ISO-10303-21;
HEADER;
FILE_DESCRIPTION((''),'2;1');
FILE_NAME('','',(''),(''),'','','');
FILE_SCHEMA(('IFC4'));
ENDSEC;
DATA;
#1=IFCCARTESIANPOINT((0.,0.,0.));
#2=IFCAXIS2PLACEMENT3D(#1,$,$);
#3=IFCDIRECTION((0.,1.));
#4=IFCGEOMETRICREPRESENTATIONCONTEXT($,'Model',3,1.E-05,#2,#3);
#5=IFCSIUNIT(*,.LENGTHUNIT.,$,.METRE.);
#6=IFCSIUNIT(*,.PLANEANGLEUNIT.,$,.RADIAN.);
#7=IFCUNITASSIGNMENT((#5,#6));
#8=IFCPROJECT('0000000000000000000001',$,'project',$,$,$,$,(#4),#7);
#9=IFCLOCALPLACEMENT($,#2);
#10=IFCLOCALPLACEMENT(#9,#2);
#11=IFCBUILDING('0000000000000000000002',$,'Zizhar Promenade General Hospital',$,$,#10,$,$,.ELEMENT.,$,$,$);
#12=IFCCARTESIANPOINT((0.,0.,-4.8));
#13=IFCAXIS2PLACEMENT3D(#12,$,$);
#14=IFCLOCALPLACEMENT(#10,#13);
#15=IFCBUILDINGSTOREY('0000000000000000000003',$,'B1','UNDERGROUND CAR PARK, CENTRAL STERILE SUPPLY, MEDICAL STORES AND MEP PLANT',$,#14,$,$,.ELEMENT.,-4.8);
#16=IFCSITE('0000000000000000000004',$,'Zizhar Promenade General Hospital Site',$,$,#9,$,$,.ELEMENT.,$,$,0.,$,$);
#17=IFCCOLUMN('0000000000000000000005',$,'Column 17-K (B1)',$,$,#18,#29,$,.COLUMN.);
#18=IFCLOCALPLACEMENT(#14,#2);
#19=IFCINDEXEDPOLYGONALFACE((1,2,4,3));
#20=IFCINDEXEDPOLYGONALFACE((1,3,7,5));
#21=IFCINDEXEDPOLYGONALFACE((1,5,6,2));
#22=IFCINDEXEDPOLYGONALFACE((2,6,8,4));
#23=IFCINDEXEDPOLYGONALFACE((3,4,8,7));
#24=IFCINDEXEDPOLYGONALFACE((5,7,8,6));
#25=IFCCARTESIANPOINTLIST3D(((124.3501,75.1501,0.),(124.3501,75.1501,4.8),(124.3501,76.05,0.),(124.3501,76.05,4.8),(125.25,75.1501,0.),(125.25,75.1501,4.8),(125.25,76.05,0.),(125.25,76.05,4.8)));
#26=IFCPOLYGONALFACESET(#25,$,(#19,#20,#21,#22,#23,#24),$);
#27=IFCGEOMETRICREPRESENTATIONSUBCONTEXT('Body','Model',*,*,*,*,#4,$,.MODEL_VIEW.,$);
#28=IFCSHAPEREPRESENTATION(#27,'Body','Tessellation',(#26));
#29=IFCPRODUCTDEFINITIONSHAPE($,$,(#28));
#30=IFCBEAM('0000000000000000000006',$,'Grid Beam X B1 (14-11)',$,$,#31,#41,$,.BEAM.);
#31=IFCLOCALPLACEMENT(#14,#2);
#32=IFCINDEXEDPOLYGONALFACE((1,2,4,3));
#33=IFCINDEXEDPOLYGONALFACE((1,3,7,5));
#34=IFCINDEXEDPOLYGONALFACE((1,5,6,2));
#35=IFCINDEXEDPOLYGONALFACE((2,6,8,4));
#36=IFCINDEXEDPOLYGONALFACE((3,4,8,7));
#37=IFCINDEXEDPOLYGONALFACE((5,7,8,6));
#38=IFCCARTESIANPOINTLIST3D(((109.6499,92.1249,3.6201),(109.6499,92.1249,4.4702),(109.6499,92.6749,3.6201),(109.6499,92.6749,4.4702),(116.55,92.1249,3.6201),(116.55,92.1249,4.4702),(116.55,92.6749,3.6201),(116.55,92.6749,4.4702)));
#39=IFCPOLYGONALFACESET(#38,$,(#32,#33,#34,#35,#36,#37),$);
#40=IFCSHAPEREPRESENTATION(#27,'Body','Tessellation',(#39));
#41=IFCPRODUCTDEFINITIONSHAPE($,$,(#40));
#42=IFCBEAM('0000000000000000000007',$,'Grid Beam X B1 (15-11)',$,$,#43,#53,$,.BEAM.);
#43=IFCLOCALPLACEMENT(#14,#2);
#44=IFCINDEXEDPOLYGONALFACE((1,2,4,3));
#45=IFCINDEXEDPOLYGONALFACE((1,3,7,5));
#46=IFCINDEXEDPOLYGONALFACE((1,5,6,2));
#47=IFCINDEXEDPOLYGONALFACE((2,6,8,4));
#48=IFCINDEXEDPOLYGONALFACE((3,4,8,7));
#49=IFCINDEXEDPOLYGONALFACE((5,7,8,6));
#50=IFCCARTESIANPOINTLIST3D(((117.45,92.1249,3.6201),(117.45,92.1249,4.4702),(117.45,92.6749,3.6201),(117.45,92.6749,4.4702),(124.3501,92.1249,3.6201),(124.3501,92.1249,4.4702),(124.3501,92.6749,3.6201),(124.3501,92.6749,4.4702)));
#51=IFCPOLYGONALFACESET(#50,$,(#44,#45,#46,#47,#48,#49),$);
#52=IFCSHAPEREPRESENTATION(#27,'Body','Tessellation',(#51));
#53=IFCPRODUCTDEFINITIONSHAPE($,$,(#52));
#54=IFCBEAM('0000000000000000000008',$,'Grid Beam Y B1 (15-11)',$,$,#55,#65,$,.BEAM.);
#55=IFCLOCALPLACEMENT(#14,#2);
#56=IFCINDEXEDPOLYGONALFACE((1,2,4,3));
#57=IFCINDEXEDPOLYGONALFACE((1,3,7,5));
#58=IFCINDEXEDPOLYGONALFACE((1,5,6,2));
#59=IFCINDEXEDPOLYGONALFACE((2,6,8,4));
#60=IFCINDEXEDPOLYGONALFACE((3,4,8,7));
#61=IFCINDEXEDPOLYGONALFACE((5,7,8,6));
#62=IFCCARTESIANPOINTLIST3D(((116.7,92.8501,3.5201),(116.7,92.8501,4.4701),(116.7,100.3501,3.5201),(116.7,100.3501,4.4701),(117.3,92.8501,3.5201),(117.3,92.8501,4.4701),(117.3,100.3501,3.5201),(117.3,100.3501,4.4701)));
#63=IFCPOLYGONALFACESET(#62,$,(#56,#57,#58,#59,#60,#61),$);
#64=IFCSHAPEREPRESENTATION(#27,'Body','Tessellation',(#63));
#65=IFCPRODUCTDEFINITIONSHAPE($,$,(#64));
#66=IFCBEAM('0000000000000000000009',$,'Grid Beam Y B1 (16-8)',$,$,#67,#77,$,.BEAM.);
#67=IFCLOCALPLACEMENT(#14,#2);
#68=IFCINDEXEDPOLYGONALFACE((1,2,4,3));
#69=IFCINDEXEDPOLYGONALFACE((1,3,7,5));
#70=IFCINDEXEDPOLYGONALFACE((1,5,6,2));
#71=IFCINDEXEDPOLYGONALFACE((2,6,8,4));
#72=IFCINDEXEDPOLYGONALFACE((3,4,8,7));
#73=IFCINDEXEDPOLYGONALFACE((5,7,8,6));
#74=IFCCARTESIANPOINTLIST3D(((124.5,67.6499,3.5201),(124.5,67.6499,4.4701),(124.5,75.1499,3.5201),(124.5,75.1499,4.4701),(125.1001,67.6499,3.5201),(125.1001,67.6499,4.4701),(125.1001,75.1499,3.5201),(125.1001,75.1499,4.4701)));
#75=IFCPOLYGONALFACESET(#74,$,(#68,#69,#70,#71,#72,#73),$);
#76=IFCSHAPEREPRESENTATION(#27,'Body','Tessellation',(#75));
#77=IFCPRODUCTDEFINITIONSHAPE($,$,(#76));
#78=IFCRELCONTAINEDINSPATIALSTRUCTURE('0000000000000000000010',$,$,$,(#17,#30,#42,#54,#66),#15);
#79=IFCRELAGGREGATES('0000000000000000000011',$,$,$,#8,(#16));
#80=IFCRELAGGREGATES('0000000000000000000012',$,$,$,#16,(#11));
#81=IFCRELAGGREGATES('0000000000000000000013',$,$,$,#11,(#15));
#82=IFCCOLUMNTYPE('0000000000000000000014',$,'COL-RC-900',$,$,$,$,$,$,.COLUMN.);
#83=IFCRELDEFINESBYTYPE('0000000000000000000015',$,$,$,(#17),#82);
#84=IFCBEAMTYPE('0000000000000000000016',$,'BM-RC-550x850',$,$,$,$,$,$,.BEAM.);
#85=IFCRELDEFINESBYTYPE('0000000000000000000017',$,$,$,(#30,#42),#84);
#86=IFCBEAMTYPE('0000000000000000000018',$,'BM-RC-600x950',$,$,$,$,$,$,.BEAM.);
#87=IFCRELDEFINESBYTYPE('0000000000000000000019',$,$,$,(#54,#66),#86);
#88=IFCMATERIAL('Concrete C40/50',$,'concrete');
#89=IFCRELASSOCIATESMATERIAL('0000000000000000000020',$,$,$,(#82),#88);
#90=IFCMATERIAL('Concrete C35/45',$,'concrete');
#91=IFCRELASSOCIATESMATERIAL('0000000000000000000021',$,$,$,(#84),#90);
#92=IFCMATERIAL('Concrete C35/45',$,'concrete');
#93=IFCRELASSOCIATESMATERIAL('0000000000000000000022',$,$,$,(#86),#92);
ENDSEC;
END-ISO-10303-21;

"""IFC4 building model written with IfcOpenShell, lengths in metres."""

from ifc_helpers import new_model, si_unit, direction, frame, origin, origin_2d, place, context, subcontext, project, spatial, rectangle, extrude, material, material_profile, profile_set, type_object, element, save


model = new_model("IFC4")

# Units and contexts
model_context = context("Model", 3, precision=1e-05, world=origin(), true_north=direction((0.0, 1.0)))
body_context = subcontext(model_context, "Body", "Model", "MODEL_VIEW")
ifc_project = project(units=[si_unit("LENGTHUNIT", "METRE"), si_unit("PLANEANGLEUNIT", "RADIAN")], contexts=[model_context])

# Site, building, storey
site_placement = place(None, origin())
site = spatial("IfcSite", under=ifc_project, at=site_placement, Name="Zizhar Promenade General Hospital Site", CompositionType="ELEMENT", RefElevation=0.0)
building_placement = place(site_placement, origin())
building = spatial("IfcBuilding", under=site, at=building_placement, Name="Zizhar Promenade General Hospital", CompositionType="ELEMENT")
storey_placement = place(building_placement, frame((0.0, 0.0, -4.8)))
storey = spatial("IfcBuildingStorey", under=building, at=storey_placement, Name="B1", Description="UNDERGROUND CAR PARK, CENTRAL STERILE SUPPLY, MEDICAL STORES AND MEP PLANT", CompositionType="ELEMENT", Elevation=-4.8)

# Column
ifc_material_1 = material(Name="Concrete C40/50", Category="concrete")
ifc_material_profile_1 = material_profile(ifc_material_1, rectangle(XDim=0.8999, YDim=0.8999, at=origin_2d()))
ifc_profile_set_1 = profile_set([ifc_material_profile_1], Name="Concrete C40/50")
column_type = type_object("IfcColumnType", Name="COL-RC-900", PredefinedType="COLUMN", material=ifc_profile_set_1)
for number, where, z_axis, x_axis, name in (
    (1, (124.8, 75.6001, 0.0), (0.0, 0.0, 1.0), (1.0, 0.0, 0.0), "Column 17-K (B1)"),
):
    element("IfcColumn", number, at=place(storey_placement, frame(where, z_axis=z_axis, x_axis=x_axis)), inside=storey, type_object=column_type, Name=name, PredefinedType="COLUMN", context=body_context, shape_type="SweptSolid", body=[
        extrude(rectangle(XDim=0.8999, YDim=0.8999, at=origin_2d()), origin(), (0.0, 0.0, 1.0), 4.8),
    ])

# Beams
ifc_material_2 = material(Name="Concrete C35/45", Category="concrete")
ifc_material_profile_2 = material_profile(ifc_material_2, rectangle(XDim=0.55, YDim=0.8501, at=origin_2d()))
ifc_profile_set_2 = profile_set([ifc_material_profile_2], Name="Concrete C35/45")
beam_type_1 = type_object("IfcBeamType", Name="BM-RC-550x850", PredefinedType="BEAM", material=ifc_profile_set_2)
for number, where, z_axis, x_axis, name in (
    (2, (109.6499, 92.3999, 4.0452), (1.0, 0.0, 0.0), (0.0, 1.0, 0.0), "Grid Beam X B1 (14-11)"),
    (3, (117.45, 92.3999, 4.0452), (1.0, 0.0, 0.0), (0.0, 1.0, 0.0), "Grid Beam X B1 (15-11)"),
):
    element("IfcBeam", number, at=place(storey_placement, frame(where, z_axis=z_axis, x_axis=x_axis)), inside=storey, type_object=beam_type_1, Name=name, PredefinedType="BEAM", context=body_context, shape_type="SweptSolid", body=[
        extrude(rectangle(XDim=0.55, YDim=0.8501, at=origin_2d()), origin(), (0.0, 0.0, 1.0), 6.9001),
    ])
ifc_material_3 = material(Name="Concrete C35/45", Category="concrete")
ifc_material_profile_3 = material_profile(ifc_material_3, rectangle(XDim=0.6001, YDim=0.95, at=origin_2d()))
ifc_profile_set_3 = profile_set([ifc_material_profile_3], Name="Concrete C35/45")
beam_type_2 = type_object("IfcBeamType", Name="BM-RC-600x950", PredefinedType="BEAM", material=ifc_profile_set_3)
for number, where, z_axis, x_axis, name in (
    (4, (117.0, 92.8501, 3.9951), (0.0, 1.0, 0.0), (-1.0, 0.0, 0.0), "Grid Beam Y B1 (15-11)"),
    (5, (124.8, 67.6499, 3.9951), (0.0, 1.0, 0.0), (-1.0, 0.0, 0.0), "Grid Beam Y B1 (16-8)"),
):
    element("IfcBeam", number, at=place(storey_placement, frame(where, z_axis=z_axis, x_axis=x_axis)), inside=storey, type_object=beam_type_2, Name=name, PredefinedType="BEAM", context=body_context, shape_type="SweptSolid", body=[
        extrude(rectangle(XDim=0.6001, YDim=0.95, at=origin_2d()), origin(), (0.0, 0.0, 1.0), 7.5),
    ])

save(model, "model.ifc")
